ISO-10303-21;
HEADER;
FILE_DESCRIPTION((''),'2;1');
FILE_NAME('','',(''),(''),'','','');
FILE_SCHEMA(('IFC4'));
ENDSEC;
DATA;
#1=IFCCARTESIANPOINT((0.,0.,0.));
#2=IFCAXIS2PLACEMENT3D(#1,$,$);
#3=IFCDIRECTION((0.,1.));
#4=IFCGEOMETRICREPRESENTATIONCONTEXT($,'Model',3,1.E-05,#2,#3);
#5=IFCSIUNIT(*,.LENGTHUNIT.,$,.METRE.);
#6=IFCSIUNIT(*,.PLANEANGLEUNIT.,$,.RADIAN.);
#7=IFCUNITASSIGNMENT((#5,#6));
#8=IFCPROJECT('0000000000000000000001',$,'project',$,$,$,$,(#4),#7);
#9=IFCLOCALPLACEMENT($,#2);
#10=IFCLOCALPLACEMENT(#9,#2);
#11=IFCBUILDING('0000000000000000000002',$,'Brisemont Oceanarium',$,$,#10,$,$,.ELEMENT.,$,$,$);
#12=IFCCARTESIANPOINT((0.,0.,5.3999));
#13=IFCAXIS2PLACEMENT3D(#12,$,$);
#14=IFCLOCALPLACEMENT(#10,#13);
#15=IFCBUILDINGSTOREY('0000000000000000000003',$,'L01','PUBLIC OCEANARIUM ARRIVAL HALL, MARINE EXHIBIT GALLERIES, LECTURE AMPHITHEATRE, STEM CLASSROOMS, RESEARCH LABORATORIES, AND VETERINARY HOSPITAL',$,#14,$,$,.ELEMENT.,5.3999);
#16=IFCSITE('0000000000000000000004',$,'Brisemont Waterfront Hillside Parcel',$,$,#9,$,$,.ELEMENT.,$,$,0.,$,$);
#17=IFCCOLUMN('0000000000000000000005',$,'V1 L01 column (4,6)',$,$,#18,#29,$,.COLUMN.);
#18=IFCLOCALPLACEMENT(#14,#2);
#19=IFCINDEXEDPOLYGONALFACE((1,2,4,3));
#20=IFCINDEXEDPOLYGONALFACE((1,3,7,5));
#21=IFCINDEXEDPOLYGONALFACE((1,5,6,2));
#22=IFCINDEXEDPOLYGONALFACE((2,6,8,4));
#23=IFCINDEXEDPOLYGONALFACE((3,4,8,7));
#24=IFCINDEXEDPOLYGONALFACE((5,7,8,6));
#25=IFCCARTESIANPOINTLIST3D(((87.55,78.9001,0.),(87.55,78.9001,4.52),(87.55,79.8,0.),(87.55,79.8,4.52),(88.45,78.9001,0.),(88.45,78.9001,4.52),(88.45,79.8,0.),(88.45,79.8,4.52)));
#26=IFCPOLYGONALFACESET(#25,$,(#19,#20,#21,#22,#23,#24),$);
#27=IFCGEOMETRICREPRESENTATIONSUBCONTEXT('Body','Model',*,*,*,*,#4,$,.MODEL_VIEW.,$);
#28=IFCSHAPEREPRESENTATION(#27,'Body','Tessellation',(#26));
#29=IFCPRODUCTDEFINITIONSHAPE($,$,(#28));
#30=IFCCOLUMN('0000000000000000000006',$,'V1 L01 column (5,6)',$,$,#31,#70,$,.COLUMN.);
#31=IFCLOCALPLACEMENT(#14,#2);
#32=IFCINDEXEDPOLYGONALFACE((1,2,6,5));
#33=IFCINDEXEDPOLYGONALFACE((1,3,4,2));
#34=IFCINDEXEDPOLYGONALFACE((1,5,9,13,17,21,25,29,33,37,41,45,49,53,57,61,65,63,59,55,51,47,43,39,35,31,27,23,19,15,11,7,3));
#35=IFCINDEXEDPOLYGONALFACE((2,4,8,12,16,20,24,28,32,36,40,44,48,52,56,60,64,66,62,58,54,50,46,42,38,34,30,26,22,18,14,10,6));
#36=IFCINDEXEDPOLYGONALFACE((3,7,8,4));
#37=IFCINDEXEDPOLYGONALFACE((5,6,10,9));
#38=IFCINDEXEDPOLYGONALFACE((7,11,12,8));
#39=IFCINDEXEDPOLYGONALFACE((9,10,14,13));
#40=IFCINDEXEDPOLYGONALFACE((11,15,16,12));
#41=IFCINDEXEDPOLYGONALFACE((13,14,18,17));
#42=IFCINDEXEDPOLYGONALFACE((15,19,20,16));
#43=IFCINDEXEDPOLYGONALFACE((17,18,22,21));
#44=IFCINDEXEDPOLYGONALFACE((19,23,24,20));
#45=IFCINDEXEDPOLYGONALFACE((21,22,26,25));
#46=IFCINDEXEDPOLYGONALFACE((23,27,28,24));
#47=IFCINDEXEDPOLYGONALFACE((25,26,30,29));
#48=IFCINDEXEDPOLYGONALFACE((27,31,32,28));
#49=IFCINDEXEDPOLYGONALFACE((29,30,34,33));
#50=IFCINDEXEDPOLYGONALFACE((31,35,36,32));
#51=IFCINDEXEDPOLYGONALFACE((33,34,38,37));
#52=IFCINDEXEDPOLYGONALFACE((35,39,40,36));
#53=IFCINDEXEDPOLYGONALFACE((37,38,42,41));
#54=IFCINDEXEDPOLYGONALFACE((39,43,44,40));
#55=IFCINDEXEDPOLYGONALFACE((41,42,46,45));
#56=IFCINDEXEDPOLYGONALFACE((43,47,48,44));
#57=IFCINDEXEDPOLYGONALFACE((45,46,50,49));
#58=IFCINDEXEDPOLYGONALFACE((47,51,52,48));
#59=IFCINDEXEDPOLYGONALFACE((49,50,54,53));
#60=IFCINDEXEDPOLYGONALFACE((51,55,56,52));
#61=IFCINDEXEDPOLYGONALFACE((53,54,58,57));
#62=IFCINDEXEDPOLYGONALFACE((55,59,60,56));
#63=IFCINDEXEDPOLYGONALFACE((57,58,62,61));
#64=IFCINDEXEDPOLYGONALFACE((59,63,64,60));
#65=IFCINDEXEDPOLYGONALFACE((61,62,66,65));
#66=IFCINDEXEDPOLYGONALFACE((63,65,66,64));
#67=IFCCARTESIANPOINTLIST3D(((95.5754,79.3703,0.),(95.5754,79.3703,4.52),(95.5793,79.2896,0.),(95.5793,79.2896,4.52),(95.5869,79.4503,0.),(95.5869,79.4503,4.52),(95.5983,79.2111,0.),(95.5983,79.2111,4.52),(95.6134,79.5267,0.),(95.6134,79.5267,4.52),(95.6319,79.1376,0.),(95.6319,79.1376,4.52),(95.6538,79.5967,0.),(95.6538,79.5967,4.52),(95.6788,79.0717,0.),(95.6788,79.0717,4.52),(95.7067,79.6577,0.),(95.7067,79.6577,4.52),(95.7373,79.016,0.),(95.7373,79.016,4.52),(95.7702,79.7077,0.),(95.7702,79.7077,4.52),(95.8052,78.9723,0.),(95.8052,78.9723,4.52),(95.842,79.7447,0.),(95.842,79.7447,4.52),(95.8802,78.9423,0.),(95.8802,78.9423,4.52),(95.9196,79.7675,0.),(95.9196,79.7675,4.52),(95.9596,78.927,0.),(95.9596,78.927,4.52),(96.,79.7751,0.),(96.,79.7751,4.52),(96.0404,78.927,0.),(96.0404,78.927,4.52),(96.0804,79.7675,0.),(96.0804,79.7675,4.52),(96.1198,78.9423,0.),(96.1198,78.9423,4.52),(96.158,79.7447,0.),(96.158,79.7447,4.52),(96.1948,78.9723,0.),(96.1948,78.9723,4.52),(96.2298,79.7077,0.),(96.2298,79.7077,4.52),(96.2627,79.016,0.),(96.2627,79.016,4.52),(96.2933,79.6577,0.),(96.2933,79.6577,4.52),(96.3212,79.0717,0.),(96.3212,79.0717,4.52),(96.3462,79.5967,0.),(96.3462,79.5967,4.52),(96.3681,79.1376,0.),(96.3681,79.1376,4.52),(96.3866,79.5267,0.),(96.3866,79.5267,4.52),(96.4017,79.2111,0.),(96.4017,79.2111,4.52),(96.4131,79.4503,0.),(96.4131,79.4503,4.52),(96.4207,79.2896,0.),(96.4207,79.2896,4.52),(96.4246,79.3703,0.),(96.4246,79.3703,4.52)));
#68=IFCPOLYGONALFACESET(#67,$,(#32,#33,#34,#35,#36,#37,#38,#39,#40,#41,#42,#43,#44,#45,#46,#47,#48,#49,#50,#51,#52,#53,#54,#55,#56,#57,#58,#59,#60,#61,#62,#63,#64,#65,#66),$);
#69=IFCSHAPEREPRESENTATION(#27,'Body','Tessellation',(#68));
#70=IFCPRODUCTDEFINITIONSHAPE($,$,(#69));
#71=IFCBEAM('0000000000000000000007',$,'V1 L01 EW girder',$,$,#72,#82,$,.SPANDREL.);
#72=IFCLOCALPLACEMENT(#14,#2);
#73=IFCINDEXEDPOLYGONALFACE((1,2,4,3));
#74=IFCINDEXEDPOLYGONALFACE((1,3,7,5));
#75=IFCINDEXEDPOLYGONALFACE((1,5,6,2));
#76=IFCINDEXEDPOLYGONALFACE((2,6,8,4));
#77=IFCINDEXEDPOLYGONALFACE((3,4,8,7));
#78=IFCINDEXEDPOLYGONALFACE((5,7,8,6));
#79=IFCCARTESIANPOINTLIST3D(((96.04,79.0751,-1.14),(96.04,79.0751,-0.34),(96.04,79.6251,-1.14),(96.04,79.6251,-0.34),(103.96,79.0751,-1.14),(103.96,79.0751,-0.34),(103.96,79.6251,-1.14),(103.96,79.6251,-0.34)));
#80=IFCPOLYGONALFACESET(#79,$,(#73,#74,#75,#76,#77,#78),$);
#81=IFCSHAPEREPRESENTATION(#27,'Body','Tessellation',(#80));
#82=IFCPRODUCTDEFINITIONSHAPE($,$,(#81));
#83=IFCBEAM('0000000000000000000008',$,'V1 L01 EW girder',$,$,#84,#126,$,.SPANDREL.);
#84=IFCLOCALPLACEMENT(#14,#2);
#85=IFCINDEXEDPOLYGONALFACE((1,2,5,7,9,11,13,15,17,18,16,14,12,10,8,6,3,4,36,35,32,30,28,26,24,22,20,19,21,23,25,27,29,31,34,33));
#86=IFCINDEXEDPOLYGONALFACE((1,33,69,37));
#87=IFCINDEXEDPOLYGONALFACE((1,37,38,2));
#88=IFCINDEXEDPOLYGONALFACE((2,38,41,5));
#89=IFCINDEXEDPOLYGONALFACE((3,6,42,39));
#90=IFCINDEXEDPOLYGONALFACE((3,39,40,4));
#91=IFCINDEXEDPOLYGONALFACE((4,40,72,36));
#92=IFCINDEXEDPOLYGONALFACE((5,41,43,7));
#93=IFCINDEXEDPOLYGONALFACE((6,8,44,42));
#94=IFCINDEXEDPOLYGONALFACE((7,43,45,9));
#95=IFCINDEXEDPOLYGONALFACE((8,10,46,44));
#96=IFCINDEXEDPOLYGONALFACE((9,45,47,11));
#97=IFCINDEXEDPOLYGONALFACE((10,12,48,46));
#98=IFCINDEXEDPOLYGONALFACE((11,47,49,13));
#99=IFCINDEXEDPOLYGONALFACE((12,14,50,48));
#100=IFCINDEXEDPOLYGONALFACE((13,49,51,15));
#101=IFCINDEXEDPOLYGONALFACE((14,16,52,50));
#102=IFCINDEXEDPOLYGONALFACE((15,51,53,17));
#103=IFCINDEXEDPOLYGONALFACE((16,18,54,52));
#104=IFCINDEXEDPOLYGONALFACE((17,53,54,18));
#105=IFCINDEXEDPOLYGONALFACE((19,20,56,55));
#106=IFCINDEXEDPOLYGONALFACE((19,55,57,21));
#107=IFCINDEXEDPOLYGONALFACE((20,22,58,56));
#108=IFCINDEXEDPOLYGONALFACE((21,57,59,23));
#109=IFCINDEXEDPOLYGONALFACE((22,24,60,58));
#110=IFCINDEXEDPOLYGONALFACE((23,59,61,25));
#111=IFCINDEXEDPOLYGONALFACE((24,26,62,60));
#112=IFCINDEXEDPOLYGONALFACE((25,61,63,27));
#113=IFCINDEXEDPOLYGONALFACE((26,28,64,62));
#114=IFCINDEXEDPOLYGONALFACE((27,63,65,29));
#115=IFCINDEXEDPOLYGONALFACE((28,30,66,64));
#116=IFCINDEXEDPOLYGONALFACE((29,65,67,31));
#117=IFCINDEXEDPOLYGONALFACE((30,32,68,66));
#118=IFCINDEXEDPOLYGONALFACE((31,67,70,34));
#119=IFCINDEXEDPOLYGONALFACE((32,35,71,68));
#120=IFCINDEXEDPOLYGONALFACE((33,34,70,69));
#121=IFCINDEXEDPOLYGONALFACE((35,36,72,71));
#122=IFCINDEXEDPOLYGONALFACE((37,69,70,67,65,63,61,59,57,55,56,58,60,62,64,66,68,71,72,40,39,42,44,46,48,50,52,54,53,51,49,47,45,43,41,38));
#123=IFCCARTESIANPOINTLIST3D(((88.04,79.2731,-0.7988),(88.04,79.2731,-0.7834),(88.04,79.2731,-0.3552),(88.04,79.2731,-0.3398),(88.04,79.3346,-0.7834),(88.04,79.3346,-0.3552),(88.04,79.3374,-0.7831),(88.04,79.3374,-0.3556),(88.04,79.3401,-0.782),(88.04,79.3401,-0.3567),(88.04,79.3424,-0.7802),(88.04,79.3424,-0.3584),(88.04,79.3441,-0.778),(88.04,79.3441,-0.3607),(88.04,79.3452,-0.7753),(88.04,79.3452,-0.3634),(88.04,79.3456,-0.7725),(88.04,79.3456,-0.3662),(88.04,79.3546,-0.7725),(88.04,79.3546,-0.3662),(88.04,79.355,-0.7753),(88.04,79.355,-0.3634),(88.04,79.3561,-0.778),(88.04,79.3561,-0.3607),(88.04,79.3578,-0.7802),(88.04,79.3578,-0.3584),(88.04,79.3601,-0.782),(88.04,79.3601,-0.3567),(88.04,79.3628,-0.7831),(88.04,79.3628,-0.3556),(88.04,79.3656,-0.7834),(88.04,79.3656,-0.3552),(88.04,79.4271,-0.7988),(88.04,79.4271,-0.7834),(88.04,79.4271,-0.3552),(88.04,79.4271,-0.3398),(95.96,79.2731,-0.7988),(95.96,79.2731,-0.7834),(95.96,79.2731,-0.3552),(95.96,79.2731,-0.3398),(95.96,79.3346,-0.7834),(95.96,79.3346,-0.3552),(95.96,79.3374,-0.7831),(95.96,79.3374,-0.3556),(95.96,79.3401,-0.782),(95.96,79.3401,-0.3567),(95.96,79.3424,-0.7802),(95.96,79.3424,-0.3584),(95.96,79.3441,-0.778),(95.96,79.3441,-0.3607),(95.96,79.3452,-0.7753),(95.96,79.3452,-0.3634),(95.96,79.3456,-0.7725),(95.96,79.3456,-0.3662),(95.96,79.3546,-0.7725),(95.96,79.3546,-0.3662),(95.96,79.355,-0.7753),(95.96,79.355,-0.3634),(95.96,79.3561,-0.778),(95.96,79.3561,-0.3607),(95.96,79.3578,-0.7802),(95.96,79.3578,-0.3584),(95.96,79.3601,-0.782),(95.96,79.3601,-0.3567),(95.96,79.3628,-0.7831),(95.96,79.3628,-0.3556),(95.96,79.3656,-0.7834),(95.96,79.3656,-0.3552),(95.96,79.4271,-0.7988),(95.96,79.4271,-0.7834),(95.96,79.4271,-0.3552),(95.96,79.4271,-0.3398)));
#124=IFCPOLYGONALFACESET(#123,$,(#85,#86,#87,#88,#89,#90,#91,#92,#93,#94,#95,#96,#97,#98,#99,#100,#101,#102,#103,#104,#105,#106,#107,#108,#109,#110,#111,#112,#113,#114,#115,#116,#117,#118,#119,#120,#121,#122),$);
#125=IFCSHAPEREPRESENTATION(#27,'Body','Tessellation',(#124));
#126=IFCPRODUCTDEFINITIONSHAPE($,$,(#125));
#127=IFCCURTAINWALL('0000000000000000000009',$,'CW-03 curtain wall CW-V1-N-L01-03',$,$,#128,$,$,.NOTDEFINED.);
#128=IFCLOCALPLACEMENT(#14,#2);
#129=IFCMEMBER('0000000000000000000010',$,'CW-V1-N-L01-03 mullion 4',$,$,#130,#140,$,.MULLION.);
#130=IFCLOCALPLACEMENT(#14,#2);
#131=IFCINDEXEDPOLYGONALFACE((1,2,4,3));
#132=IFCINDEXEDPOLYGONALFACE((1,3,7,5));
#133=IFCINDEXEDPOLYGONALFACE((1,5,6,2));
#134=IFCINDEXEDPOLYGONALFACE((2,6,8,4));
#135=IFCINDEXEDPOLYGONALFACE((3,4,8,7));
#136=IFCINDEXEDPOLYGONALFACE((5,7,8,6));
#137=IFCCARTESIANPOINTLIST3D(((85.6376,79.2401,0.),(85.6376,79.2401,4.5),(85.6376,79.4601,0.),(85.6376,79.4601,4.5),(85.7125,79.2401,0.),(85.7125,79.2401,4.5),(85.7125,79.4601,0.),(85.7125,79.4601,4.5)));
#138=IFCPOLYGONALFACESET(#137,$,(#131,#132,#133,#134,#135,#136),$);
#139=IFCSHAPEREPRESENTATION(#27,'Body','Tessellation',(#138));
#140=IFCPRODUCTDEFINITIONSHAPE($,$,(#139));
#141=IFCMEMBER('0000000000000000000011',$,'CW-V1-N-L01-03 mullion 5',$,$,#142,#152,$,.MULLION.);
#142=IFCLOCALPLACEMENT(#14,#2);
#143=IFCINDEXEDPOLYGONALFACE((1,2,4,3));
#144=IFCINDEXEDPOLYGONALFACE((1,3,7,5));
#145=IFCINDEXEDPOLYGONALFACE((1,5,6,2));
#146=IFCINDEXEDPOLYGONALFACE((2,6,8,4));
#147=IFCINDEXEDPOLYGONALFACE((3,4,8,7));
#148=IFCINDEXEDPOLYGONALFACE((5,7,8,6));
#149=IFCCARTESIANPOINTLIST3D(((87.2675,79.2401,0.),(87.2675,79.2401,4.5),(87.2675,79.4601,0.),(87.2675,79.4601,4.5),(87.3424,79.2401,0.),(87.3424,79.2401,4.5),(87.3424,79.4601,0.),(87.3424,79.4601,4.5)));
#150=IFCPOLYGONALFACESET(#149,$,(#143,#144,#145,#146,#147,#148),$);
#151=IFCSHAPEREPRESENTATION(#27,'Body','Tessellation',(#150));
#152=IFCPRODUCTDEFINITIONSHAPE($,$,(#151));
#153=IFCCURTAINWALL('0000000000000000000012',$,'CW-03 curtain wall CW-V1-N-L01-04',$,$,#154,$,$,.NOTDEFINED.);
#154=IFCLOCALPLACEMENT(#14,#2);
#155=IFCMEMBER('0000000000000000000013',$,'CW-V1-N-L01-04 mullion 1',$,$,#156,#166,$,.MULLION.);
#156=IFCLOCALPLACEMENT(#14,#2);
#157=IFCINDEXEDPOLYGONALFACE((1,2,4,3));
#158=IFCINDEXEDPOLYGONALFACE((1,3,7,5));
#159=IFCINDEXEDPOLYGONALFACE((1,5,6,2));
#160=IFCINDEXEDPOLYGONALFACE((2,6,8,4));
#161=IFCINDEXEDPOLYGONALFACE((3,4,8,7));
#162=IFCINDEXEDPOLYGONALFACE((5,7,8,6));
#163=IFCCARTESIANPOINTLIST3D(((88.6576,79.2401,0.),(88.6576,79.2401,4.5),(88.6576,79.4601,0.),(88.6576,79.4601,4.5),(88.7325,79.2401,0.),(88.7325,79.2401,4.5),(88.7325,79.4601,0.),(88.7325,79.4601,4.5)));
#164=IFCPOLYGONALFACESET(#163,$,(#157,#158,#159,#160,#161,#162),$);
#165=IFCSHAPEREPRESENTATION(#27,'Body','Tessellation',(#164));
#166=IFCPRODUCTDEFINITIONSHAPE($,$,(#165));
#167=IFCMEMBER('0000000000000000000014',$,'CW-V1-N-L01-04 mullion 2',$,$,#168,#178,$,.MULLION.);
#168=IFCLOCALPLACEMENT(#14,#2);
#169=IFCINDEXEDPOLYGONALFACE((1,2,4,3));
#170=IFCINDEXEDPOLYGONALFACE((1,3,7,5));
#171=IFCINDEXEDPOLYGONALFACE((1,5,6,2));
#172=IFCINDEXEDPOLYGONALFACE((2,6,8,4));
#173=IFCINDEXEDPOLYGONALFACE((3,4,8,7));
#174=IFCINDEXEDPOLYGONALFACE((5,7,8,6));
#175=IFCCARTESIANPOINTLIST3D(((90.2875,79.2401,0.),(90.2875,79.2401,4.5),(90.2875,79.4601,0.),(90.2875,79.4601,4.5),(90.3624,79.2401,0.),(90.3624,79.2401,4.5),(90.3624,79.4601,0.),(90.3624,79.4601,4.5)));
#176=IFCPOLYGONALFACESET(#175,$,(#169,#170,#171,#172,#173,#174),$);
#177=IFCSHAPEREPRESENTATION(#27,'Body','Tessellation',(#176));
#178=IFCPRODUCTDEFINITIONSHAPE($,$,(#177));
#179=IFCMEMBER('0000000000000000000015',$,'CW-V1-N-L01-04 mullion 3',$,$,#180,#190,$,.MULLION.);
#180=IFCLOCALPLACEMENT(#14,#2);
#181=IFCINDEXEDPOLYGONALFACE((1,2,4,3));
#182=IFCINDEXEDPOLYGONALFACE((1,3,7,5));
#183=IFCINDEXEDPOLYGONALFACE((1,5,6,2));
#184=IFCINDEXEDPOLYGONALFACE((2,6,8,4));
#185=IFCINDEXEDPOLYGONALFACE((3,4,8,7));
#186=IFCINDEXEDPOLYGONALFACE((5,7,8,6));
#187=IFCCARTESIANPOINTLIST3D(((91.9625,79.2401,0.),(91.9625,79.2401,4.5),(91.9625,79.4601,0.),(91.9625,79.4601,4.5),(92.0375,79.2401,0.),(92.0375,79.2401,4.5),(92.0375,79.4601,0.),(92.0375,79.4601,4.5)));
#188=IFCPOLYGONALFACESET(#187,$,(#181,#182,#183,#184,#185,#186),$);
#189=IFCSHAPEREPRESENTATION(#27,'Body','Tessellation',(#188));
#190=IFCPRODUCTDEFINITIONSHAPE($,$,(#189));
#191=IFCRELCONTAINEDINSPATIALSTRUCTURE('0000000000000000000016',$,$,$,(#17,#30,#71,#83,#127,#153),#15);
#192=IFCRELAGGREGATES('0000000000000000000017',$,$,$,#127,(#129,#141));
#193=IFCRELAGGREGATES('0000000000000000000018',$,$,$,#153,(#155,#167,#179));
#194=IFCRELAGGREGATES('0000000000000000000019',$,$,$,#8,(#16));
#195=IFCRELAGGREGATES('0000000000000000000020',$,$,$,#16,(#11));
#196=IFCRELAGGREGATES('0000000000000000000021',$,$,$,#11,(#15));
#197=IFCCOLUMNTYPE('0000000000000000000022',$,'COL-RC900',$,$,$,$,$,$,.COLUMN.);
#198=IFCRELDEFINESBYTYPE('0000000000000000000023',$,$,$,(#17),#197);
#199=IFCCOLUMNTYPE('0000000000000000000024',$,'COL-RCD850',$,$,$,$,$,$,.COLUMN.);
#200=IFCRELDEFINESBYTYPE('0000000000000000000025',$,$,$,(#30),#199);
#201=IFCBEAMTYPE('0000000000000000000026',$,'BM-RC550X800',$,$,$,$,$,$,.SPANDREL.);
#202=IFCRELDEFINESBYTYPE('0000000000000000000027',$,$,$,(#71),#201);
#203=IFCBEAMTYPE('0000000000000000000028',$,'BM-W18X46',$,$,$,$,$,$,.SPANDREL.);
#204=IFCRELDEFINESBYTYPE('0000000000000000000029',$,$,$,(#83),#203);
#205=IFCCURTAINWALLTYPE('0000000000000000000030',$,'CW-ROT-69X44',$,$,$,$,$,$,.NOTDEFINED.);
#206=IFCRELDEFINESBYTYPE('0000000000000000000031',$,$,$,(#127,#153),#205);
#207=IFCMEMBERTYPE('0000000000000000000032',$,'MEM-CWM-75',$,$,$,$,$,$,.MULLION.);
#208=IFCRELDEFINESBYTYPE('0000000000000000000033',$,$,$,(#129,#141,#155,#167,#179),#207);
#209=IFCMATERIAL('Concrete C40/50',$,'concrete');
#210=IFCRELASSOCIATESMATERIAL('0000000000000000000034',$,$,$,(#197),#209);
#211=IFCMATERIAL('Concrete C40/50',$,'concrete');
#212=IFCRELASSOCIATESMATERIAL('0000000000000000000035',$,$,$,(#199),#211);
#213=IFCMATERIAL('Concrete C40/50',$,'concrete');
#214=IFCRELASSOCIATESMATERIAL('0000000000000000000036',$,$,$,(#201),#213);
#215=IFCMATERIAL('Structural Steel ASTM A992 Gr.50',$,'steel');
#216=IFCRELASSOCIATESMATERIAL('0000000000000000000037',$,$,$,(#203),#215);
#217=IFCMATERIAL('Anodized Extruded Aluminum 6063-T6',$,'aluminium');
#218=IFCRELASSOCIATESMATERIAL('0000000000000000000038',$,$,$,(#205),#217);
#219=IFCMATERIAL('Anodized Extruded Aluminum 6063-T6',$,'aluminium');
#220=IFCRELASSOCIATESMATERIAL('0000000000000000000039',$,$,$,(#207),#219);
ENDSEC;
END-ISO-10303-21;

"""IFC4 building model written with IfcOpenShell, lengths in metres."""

from ifc_helpers import new_model, si_unit, direction, frame, origin, origin_2d, place, context, subcontext, project, spatial, rectangle, circle, i_section, extrude, material, material_profile, profile_set, type_object, element, aggregate, save


model = new_model("IFC4")

# Units and contexts
model_context = context("Model", 3, precision=1e-05, world=origin(), true_north=direction((0.0, 1.0)))
body_context = subcontext(model_context, "Body", "Model", "MODEL_VIEW")
ifc_project = project(units=[si_unit("LENGTHUNIT", "METRE"), si_unit("PLANEANGLEUNIT", "RADIAN")], contexts=[model_context])

# Site, building, storey
site_placement = place(None, origin())
site = spatial("IfcSite", under=ifc_project, at=site_placement, Name="Brisemont Waterfront Hillside Parcel", CompositionType="ELEMENT", RefElevation=0.0)
building_placement = place(site_placement, origin())
building = spatial("IfcBuilding", under=site, at=building_placement, Name="Brisemont Oceanarium", CompositionType="ELEMENT")
storey_placement = place(building_placement, frame((0.0, 0.0, 5.3999)))
storey = spatial("IfcBuildingStorey", under=building, at=storey_placement, Name="L01", Description="PUBLIC OCEANARIUM ARRIVAL HALL, MARINE EXHIBIT GALLERIES, LECTURE AMPHITHEATRE, STEM CLASSROOMS, RESEARCH LABORATORIES, AND VETERINARY HOSPITAL", CompositionType="ELEMENT", Elevation=5.3999)

# Columns
ifc_material_1 = material(Name="Concrete C40/50", Category="concrete")
ifc_material_profile_1 = material_profile(ifc_material_1, rectangle(XDim=0.8999, YDim=0.8999, at=origin_2d()), Name="RC-COL-900X900")
ifc_profile_set_1 = profile_set([ifc_material_profile_1], Name="Concrete C40/50")
column_type_1 = type_object("IfcColumnType", Name="COL-RC900", PredefinedType="COLUMN", material=ifc_profile_set_1)
column_1_placement = place(storey_placement, frame((88.0, 79.3501, 0.0), z_axis=(0.0, 0.0, 1.0), x_axis=(1.0, 0.0, 0.0)))
element("IfcColumn", 1, at=column_1_placement, inside=storey, type_object=column_type_1, Name="V1 L01 column (4,6)", PredefinedType="COLUMN", context=body_context, shape_type="SweptSolid", body=[
    extrude(rectangle(XDim=0.8999, YDim=0.8999, at=origin_2d()), origin(), (0.0, 0.0, 1.0), 4.52),
])
ifc_material_2 = material(Name="Concrete C40/50", Category="concrete")
ifc_material_profile_2 = material_profile(ifc_material_2, circle(Radius=0.425, at=origin_2d()), Name="RC-COL-D850")
ifc_profile_set_2 = profile_set([ifc_material_profile_2], Name="Concrete C40/50")
column_type_2 = type_object("IfcColumnType", Name="COL-RCD850", PredefinedType="COLUMN", material=ifc_profile_set_2)
column_2_placement = place(storey_placement, frame((96.0, 79.3501, 0.0), z_axis=(0.0, 0.0, 1.0), x_axis=(0.0, 1.0, 0.0)))
element("IfcColumn", 2, at=column_2_placement, inside=storey, type_object=column_type_2, Name="V1 L01 column (5,6)", PredefinedType="COLUMN", context=body_context, shape_type="SweptSolid", body=[
    extrude(circle(Radius=0.425, at=origin_2d()), origin(), (0.0, 0.0, 1.0), 4.52),
])

# Beams
ifc_material_3 = material(Name="Concrete C40/50", Category="concrete")
ifc_material_profile_3 = material_profile(ifc_material_3, rectangle(XDim=0.55, YDim=0.8, at=origin_2d()), Name="RC-BM-550X800")
ifc_profile_set_3 = profile_set([ifc_material_profile_3], Name="Concrete C40/50")
beam_type_1 = type_object("IfcBeamType", Name="BM-RC550X800", PredefinedType="SPANDREL", material=ifc_profile_set_3)
beam_1_placement = place(storey_placement, frame((96.04, 79.3501, -0.74), z_axis=(1.0, 0.0, 0.0), x_axis=(0.0, 1.0, 0.0)))
element("IfcBeam", 3, at=beam_1_placement, inside=storey, type_object=beam_type_1, Name="V1 L01 EW girder", PredefinedType="SPANDREL", context=body_context, shape_type="SweptSolid", body=[
    extrude(rectangle(XDim=0.55, YDim=0.8, at=origin_2d()), origin(), (0.0, 0.0, 1.0), 7.9199),
])
ifc_material_4 = material(Name="Structural Steel ASTM A992 Gr.50", Category="steel")
ifc_material_profile_4 = material_profile(ifc_material_4, i_section(OverallWidth=0.1541, OverallDepth=0.459, WebThickness=0.009, FlangeThickness=0.0154, FilletRadius=0.011, at=origin_2d()), Name="W18X46")
ifc_profile_set_4 = profile_set([ifc_material_profile_4], Name="Structural Steel ASTM A992 Gr.50")
beam_type_2 = type_object("IfcBeamType", Name="BM-W18X46", PredefinedType="SPANDREL", material=ifc_profile_set_4)
beam_2_placement = place(storey_placement, frame((88.04, 79.3501, -0.5693), z_axis=(1.0, 0.0, 0.0), x_axis=(0.0, 1.0, 0.0)))
element("IfcBeam", 4, at=beam_2_placement, inside=storey, type_object=beam_type_2, Name="V1 L01 EW girder", PredefinedType="SPANDREL", context=body_context, shape_type="SweptSolid", body=[
    extrude(i_section(OverallWidth=0.1541, OverallDepth=0.459, WebThickness=0.009, FlangeThickness=0.0154, FilletRadius=0.011, at=origin_2d()), origin(), (0.0, 0.0, 1.0), 7.9199),
])

# Curtain walls, members
ifc_material_5 = material(Name="Anodized Extruded Aluminum 6063-T6", Category="aluminium")
curtain_wall_type = type_object("IfcCurtainWallType", Name="CW-ROT-69X44", PredefinedType="NOTDEFINED", material=ifc_material_5)
curtain_wall_1_placement = place(storey_placement, origin())
curtain_wall_1 = element("IfcCurtainWall", 5, at=curtain_wall_1_placement, inside=storey, type_object=curtain_wall_type, Name="CW-03 curtain wall CW-V1-N-L01-03", PredefinedType="NOTDEFINED")
ifc_material_6 = material(Name="Anodized Extruded Aluminum 6063-T6", Category="aluminium")
ifc_material_profile_5 = material_profile(ifc_material_6, rectangle(XDim=0.075, YDim=0.22, at=origin_2d()), Name="CWM-75X220")
ifc_profile_set_5 = profile_set([ifc_material_profile_5], Name="Anodized Extruded Aluminum 6063-T6")
member_type_1 = type_object("IfcMemberType", Name="MEM-CWM-75", PredefinedType="MULLION", material=ifc_profile_set_5)
member_1_placement = place(storey_placement, frame((85.675, 79.3501, 0.0), z_axis=(0.0, 0.0, 1.0), x_axis=(1.0, 0.0, 0.0)))
member_1 = element("IfcMember", 6, at=member_1_placement, type_object=member_type_1, Name="CW-V1-N-L01-03 mullion 4", PredefinedType="MULLION", context=body_context, shape_type="SweptSolid", body=[
    extrude(rectangle(XDim=0.075, YDim=0.22, at=origin_2d()), origin(), (0.0, 0.0, 1.0), 4.5),
])
member_2_placement = place(storey_placement, frame((87.3049, 79.3501, 0.0), z_axis=(0.0, 0.0, 1.0), x_axis=(1.0, 0.0, 0.0)))
member_2 = element("IfcMember", 7, at=member_2_placement, type_object=member_type_1, Name="CW-V1-N-L01-03 mullion 5", PredefinedType="MULLION", context=body_context, shape_type="SweptSolid", body=[
    extrude(rectangle(XDim=0.075, YDim=0.22, at=origin_2d()), origin(), (0.0, 0.0, 1.0), 4.5),
])
curtain_wall_2_placement = place(storey_placement, origin())
curtain_wall_2 = element("IfcCurtainWall", 8, at=curtain_wall_2_placement, inside=storey, type_object=curtain_wall_type, Name="CW-03 curtain wall CW-V1-N-L01-04", PredefinedType="NOTDEFINED")
member_3_placement = place(storey_placement, frame((88.6951, 79.3501, 0.0), z_axis=(0.0, 0.0, 1.0), x_axis=(1.0, 0.0, 0.0)))
member_3 = element("IfcMember", 9, at=member_3_placement, type_object=member_type_1, Name="CW-V1-N-L01-04 mullion 1", PredefinedType="MULLION", context=body_context, shape_type="SweptSolid", body=[
    extrude(rectangle(XDim=0.075, YDim=0.22, at=origin_2d()), origin(), (0.0, 0.0, 1.0), 4.5),
])
member_4_placement = place(storey_placement, frame((90.325, 79.3501, 0.0), z_axis=(0.0, 0.0, 1.0), x_axis=(1.0, 0.0, 0.0)))
member_4 = element("IfcMember", 10, at=member_4_placement, type_object=member_type_1, Name="CW-V1-N-L01-04 mullion 2", PredefinedType="MULLION", context=body_context, shape_type="SweptSolid", body=[
    extrude(rectangle(XDim=0.075, YDim=0.22, at=origin_2d()), origin(), (0.0, 0.0, 1.0), 4.5),
])
member_5_placement = place(storey_placement, frame((92.0, 79.3501, 0.0), z_axis=(0.0, 0.0, 1.0), x_axis=(1.0, 0.0, 0.0)))
member_5 = element("IfcMember", 11, at=member_5_placement, type_object=member_type_1, Name="CW-V1-N-L01-04 mullion 3", PredefinedType="MULLION", context=body_context, shape_type="SweptSolid", body=[
    extrude(rectangle(XDim=0.075, YDim=0.22, at=origin_2d()), origin(), (0.0, 0.0, 1.0), 4.5),
])

aggregate(curtain_wall_1, [member_1, member_2])
aggregate(curtain_wall_2, [member_3, member_4, member_5])

save(model, "model.ifc")
